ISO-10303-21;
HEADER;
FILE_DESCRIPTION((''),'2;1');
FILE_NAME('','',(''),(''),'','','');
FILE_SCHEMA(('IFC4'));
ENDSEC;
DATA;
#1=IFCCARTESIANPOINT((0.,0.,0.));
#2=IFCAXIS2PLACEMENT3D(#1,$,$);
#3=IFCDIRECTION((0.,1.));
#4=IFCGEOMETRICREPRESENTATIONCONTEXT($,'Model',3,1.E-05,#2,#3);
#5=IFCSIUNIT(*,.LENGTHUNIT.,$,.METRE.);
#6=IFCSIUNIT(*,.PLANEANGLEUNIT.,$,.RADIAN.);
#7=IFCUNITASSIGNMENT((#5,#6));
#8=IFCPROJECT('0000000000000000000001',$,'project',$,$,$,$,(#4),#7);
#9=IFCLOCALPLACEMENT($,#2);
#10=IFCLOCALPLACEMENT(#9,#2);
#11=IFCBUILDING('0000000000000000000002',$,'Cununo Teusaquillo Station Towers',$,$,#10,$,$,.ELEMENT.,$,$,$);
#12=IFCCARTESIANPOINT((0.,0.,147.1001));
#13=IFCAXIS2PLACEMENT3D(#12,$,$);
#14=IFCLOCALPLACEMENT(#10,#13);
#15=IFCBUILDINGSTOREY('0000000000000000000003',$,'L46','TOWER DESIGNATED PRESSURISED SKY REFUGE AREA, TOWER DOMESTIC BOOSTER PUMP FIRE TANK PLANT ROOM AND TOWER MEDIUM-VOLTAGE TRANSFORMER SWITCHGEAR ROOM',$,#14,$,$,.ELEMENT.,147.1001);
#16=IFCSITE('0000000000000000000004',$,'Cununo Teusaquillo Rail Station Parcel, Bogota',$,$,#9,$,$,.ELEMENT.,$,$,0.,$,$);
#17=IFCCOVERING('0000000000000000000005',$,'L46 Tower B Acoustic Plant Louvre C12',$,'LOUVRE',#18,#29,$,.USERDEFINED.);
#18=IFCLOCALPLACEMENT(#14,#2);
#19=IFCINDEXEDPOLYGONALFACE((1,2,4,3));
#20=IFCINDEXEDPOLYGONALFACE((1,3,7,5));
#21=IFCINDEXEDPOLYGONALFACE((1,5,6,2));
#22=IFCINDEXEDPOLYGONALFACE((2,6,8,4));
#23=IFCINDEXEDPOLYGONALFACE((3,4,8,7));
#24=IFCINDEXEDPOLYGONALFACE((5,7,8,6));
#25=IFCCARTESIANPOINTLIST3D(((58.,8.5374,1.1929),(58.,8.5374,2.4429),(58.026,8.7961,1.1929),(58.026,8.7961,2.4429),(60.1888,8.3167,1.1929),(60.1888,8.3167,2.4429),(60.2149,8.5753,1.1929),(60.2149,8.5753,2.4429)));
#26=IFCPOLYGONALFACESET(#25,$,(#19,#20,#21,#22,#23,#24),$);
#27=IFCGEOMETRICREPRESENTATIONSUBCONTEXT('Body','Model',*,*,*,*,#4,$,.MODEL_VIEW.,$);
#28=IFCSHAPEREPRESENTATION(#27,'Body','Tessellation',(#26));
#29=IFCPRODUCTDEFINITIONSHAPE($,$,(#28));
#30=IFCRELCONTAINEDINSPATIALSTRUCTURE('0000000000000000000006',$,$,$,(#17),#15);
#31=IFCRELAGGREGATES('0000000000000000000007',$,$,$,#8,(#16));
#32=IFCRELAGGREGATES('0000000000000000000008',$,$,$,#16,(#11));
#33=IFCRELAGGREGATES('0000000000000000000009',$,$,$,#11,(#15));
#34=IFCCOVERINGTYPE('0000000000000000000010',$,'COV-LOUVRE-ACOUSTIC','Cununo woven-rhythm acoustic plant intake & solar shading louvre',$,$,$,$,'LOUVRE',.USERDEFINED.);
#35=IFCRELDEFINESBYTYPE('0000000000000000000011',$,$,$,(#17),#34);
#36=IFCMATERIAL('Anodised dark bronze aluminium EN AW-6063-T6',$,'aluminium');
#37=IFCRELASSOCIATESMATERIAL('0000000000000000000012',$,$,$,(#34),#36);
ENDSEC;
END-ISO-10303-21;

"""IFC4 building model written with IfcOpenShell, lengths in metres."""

from ifc_helpers import new_model, si_unit, direction, frame, origin, origin_2d, place, context, subcontext, project, spatial, rectangle, extrude, source, transform, mapped, material, type_object, element, save


model = new_model("IFC4")

# Units and contexts
model_context = context("Model", 3, precision=1e-05, world=origin(), true_north=direction((0.0, 1.0)))
body_context = subcontext(model_context, "Body", "Model", "MODEL_VIEW")
ifc_project = project(units=[si_unit("LENGTHUNIT", "METRE"), si_unit("PLANEANGLEUNIT", "RADIAN")], contexts=[model_context])

# Site, building, storey
site_placement = place(None, origin())
site = spatial("IfcSite", under=ifc_project, at=site_placement, Name="Cununo Teusaquillo Rail Station Parcel, Bogota", CompositionType="ELEMENT", RefElevation=0.0)
building_placement = place(site_placement, origin())
building = spatial("IfcBuilding", under=site, at=building_placement, Name="Cununo Teusaquillo Station Towers", CompositionType="ELEMENT")
storey_placement = place(building_placement, frame((0.0, 0.0, 147.1001)))
storey = spatial("IfcBuildingStorey", under=building, at=storey_placement, Name="L46", Description="TOWER DESIGNATED PRESSURISED SKY REFUGE AREA, TOWER DOMESTIC BOOSTER PUMP FIRE TANK PLANT ROOM AND TOWER MEDIUM-VOLTAGE TRANSFORMER SWITCHGEAR ROOM", CompositionType="ELEMENT", Elevation=147.1001)

# Covering
ifc_material_1 = material(Name="Anodised dark bronze aluminium EN AW-6063-T6", Category="aluminium")
covering_type = type_object("IfcCoveringType", Name="COV-LOUVRE-ACOUSTIC", Description="Cununo woven-rhythm acoustic plant intake & solar shading louvre", ElementType="LOUVRE", PredefinedType="USERDEFINED", material=ifc_material_1)
shared_shape_1 = source(origin(), body_context, "Body", "SweptSolid", [
    extrude(rectangle(XDim=2.2, YDim=0.26, at=origin_2d()), origin(), (0.0, 0.0, 1.0), 1.25),
])
covering_placement = place(storey_placement, frame((59.1074, 8.5564, 1.1929), z_axis=(0.0, 0.0, 1.0), x_axis=(-0.994951, 0.100362, 0.0)))
element("IfcCovering", 1, at=covering_placement, inside=storey, type_object=covering_type, Name="L46 Tower B Acoustic Plant Louvre C12", ObjectType="LOUVRE", PredefinedType="USERDEFINED", context=body_context, shape_type="MappedRepresentation", body=[
    mapped(shared_shape_1, transform((0.0, 0.0, 0.0), x_axis=(1.0, 0.0, 0.0), y_axis=(0.0, 1.0, 0.0), z_axis=(0.0, 0.0, 1.0), scale=1.0)),
])

save(model, "model.ifc")
